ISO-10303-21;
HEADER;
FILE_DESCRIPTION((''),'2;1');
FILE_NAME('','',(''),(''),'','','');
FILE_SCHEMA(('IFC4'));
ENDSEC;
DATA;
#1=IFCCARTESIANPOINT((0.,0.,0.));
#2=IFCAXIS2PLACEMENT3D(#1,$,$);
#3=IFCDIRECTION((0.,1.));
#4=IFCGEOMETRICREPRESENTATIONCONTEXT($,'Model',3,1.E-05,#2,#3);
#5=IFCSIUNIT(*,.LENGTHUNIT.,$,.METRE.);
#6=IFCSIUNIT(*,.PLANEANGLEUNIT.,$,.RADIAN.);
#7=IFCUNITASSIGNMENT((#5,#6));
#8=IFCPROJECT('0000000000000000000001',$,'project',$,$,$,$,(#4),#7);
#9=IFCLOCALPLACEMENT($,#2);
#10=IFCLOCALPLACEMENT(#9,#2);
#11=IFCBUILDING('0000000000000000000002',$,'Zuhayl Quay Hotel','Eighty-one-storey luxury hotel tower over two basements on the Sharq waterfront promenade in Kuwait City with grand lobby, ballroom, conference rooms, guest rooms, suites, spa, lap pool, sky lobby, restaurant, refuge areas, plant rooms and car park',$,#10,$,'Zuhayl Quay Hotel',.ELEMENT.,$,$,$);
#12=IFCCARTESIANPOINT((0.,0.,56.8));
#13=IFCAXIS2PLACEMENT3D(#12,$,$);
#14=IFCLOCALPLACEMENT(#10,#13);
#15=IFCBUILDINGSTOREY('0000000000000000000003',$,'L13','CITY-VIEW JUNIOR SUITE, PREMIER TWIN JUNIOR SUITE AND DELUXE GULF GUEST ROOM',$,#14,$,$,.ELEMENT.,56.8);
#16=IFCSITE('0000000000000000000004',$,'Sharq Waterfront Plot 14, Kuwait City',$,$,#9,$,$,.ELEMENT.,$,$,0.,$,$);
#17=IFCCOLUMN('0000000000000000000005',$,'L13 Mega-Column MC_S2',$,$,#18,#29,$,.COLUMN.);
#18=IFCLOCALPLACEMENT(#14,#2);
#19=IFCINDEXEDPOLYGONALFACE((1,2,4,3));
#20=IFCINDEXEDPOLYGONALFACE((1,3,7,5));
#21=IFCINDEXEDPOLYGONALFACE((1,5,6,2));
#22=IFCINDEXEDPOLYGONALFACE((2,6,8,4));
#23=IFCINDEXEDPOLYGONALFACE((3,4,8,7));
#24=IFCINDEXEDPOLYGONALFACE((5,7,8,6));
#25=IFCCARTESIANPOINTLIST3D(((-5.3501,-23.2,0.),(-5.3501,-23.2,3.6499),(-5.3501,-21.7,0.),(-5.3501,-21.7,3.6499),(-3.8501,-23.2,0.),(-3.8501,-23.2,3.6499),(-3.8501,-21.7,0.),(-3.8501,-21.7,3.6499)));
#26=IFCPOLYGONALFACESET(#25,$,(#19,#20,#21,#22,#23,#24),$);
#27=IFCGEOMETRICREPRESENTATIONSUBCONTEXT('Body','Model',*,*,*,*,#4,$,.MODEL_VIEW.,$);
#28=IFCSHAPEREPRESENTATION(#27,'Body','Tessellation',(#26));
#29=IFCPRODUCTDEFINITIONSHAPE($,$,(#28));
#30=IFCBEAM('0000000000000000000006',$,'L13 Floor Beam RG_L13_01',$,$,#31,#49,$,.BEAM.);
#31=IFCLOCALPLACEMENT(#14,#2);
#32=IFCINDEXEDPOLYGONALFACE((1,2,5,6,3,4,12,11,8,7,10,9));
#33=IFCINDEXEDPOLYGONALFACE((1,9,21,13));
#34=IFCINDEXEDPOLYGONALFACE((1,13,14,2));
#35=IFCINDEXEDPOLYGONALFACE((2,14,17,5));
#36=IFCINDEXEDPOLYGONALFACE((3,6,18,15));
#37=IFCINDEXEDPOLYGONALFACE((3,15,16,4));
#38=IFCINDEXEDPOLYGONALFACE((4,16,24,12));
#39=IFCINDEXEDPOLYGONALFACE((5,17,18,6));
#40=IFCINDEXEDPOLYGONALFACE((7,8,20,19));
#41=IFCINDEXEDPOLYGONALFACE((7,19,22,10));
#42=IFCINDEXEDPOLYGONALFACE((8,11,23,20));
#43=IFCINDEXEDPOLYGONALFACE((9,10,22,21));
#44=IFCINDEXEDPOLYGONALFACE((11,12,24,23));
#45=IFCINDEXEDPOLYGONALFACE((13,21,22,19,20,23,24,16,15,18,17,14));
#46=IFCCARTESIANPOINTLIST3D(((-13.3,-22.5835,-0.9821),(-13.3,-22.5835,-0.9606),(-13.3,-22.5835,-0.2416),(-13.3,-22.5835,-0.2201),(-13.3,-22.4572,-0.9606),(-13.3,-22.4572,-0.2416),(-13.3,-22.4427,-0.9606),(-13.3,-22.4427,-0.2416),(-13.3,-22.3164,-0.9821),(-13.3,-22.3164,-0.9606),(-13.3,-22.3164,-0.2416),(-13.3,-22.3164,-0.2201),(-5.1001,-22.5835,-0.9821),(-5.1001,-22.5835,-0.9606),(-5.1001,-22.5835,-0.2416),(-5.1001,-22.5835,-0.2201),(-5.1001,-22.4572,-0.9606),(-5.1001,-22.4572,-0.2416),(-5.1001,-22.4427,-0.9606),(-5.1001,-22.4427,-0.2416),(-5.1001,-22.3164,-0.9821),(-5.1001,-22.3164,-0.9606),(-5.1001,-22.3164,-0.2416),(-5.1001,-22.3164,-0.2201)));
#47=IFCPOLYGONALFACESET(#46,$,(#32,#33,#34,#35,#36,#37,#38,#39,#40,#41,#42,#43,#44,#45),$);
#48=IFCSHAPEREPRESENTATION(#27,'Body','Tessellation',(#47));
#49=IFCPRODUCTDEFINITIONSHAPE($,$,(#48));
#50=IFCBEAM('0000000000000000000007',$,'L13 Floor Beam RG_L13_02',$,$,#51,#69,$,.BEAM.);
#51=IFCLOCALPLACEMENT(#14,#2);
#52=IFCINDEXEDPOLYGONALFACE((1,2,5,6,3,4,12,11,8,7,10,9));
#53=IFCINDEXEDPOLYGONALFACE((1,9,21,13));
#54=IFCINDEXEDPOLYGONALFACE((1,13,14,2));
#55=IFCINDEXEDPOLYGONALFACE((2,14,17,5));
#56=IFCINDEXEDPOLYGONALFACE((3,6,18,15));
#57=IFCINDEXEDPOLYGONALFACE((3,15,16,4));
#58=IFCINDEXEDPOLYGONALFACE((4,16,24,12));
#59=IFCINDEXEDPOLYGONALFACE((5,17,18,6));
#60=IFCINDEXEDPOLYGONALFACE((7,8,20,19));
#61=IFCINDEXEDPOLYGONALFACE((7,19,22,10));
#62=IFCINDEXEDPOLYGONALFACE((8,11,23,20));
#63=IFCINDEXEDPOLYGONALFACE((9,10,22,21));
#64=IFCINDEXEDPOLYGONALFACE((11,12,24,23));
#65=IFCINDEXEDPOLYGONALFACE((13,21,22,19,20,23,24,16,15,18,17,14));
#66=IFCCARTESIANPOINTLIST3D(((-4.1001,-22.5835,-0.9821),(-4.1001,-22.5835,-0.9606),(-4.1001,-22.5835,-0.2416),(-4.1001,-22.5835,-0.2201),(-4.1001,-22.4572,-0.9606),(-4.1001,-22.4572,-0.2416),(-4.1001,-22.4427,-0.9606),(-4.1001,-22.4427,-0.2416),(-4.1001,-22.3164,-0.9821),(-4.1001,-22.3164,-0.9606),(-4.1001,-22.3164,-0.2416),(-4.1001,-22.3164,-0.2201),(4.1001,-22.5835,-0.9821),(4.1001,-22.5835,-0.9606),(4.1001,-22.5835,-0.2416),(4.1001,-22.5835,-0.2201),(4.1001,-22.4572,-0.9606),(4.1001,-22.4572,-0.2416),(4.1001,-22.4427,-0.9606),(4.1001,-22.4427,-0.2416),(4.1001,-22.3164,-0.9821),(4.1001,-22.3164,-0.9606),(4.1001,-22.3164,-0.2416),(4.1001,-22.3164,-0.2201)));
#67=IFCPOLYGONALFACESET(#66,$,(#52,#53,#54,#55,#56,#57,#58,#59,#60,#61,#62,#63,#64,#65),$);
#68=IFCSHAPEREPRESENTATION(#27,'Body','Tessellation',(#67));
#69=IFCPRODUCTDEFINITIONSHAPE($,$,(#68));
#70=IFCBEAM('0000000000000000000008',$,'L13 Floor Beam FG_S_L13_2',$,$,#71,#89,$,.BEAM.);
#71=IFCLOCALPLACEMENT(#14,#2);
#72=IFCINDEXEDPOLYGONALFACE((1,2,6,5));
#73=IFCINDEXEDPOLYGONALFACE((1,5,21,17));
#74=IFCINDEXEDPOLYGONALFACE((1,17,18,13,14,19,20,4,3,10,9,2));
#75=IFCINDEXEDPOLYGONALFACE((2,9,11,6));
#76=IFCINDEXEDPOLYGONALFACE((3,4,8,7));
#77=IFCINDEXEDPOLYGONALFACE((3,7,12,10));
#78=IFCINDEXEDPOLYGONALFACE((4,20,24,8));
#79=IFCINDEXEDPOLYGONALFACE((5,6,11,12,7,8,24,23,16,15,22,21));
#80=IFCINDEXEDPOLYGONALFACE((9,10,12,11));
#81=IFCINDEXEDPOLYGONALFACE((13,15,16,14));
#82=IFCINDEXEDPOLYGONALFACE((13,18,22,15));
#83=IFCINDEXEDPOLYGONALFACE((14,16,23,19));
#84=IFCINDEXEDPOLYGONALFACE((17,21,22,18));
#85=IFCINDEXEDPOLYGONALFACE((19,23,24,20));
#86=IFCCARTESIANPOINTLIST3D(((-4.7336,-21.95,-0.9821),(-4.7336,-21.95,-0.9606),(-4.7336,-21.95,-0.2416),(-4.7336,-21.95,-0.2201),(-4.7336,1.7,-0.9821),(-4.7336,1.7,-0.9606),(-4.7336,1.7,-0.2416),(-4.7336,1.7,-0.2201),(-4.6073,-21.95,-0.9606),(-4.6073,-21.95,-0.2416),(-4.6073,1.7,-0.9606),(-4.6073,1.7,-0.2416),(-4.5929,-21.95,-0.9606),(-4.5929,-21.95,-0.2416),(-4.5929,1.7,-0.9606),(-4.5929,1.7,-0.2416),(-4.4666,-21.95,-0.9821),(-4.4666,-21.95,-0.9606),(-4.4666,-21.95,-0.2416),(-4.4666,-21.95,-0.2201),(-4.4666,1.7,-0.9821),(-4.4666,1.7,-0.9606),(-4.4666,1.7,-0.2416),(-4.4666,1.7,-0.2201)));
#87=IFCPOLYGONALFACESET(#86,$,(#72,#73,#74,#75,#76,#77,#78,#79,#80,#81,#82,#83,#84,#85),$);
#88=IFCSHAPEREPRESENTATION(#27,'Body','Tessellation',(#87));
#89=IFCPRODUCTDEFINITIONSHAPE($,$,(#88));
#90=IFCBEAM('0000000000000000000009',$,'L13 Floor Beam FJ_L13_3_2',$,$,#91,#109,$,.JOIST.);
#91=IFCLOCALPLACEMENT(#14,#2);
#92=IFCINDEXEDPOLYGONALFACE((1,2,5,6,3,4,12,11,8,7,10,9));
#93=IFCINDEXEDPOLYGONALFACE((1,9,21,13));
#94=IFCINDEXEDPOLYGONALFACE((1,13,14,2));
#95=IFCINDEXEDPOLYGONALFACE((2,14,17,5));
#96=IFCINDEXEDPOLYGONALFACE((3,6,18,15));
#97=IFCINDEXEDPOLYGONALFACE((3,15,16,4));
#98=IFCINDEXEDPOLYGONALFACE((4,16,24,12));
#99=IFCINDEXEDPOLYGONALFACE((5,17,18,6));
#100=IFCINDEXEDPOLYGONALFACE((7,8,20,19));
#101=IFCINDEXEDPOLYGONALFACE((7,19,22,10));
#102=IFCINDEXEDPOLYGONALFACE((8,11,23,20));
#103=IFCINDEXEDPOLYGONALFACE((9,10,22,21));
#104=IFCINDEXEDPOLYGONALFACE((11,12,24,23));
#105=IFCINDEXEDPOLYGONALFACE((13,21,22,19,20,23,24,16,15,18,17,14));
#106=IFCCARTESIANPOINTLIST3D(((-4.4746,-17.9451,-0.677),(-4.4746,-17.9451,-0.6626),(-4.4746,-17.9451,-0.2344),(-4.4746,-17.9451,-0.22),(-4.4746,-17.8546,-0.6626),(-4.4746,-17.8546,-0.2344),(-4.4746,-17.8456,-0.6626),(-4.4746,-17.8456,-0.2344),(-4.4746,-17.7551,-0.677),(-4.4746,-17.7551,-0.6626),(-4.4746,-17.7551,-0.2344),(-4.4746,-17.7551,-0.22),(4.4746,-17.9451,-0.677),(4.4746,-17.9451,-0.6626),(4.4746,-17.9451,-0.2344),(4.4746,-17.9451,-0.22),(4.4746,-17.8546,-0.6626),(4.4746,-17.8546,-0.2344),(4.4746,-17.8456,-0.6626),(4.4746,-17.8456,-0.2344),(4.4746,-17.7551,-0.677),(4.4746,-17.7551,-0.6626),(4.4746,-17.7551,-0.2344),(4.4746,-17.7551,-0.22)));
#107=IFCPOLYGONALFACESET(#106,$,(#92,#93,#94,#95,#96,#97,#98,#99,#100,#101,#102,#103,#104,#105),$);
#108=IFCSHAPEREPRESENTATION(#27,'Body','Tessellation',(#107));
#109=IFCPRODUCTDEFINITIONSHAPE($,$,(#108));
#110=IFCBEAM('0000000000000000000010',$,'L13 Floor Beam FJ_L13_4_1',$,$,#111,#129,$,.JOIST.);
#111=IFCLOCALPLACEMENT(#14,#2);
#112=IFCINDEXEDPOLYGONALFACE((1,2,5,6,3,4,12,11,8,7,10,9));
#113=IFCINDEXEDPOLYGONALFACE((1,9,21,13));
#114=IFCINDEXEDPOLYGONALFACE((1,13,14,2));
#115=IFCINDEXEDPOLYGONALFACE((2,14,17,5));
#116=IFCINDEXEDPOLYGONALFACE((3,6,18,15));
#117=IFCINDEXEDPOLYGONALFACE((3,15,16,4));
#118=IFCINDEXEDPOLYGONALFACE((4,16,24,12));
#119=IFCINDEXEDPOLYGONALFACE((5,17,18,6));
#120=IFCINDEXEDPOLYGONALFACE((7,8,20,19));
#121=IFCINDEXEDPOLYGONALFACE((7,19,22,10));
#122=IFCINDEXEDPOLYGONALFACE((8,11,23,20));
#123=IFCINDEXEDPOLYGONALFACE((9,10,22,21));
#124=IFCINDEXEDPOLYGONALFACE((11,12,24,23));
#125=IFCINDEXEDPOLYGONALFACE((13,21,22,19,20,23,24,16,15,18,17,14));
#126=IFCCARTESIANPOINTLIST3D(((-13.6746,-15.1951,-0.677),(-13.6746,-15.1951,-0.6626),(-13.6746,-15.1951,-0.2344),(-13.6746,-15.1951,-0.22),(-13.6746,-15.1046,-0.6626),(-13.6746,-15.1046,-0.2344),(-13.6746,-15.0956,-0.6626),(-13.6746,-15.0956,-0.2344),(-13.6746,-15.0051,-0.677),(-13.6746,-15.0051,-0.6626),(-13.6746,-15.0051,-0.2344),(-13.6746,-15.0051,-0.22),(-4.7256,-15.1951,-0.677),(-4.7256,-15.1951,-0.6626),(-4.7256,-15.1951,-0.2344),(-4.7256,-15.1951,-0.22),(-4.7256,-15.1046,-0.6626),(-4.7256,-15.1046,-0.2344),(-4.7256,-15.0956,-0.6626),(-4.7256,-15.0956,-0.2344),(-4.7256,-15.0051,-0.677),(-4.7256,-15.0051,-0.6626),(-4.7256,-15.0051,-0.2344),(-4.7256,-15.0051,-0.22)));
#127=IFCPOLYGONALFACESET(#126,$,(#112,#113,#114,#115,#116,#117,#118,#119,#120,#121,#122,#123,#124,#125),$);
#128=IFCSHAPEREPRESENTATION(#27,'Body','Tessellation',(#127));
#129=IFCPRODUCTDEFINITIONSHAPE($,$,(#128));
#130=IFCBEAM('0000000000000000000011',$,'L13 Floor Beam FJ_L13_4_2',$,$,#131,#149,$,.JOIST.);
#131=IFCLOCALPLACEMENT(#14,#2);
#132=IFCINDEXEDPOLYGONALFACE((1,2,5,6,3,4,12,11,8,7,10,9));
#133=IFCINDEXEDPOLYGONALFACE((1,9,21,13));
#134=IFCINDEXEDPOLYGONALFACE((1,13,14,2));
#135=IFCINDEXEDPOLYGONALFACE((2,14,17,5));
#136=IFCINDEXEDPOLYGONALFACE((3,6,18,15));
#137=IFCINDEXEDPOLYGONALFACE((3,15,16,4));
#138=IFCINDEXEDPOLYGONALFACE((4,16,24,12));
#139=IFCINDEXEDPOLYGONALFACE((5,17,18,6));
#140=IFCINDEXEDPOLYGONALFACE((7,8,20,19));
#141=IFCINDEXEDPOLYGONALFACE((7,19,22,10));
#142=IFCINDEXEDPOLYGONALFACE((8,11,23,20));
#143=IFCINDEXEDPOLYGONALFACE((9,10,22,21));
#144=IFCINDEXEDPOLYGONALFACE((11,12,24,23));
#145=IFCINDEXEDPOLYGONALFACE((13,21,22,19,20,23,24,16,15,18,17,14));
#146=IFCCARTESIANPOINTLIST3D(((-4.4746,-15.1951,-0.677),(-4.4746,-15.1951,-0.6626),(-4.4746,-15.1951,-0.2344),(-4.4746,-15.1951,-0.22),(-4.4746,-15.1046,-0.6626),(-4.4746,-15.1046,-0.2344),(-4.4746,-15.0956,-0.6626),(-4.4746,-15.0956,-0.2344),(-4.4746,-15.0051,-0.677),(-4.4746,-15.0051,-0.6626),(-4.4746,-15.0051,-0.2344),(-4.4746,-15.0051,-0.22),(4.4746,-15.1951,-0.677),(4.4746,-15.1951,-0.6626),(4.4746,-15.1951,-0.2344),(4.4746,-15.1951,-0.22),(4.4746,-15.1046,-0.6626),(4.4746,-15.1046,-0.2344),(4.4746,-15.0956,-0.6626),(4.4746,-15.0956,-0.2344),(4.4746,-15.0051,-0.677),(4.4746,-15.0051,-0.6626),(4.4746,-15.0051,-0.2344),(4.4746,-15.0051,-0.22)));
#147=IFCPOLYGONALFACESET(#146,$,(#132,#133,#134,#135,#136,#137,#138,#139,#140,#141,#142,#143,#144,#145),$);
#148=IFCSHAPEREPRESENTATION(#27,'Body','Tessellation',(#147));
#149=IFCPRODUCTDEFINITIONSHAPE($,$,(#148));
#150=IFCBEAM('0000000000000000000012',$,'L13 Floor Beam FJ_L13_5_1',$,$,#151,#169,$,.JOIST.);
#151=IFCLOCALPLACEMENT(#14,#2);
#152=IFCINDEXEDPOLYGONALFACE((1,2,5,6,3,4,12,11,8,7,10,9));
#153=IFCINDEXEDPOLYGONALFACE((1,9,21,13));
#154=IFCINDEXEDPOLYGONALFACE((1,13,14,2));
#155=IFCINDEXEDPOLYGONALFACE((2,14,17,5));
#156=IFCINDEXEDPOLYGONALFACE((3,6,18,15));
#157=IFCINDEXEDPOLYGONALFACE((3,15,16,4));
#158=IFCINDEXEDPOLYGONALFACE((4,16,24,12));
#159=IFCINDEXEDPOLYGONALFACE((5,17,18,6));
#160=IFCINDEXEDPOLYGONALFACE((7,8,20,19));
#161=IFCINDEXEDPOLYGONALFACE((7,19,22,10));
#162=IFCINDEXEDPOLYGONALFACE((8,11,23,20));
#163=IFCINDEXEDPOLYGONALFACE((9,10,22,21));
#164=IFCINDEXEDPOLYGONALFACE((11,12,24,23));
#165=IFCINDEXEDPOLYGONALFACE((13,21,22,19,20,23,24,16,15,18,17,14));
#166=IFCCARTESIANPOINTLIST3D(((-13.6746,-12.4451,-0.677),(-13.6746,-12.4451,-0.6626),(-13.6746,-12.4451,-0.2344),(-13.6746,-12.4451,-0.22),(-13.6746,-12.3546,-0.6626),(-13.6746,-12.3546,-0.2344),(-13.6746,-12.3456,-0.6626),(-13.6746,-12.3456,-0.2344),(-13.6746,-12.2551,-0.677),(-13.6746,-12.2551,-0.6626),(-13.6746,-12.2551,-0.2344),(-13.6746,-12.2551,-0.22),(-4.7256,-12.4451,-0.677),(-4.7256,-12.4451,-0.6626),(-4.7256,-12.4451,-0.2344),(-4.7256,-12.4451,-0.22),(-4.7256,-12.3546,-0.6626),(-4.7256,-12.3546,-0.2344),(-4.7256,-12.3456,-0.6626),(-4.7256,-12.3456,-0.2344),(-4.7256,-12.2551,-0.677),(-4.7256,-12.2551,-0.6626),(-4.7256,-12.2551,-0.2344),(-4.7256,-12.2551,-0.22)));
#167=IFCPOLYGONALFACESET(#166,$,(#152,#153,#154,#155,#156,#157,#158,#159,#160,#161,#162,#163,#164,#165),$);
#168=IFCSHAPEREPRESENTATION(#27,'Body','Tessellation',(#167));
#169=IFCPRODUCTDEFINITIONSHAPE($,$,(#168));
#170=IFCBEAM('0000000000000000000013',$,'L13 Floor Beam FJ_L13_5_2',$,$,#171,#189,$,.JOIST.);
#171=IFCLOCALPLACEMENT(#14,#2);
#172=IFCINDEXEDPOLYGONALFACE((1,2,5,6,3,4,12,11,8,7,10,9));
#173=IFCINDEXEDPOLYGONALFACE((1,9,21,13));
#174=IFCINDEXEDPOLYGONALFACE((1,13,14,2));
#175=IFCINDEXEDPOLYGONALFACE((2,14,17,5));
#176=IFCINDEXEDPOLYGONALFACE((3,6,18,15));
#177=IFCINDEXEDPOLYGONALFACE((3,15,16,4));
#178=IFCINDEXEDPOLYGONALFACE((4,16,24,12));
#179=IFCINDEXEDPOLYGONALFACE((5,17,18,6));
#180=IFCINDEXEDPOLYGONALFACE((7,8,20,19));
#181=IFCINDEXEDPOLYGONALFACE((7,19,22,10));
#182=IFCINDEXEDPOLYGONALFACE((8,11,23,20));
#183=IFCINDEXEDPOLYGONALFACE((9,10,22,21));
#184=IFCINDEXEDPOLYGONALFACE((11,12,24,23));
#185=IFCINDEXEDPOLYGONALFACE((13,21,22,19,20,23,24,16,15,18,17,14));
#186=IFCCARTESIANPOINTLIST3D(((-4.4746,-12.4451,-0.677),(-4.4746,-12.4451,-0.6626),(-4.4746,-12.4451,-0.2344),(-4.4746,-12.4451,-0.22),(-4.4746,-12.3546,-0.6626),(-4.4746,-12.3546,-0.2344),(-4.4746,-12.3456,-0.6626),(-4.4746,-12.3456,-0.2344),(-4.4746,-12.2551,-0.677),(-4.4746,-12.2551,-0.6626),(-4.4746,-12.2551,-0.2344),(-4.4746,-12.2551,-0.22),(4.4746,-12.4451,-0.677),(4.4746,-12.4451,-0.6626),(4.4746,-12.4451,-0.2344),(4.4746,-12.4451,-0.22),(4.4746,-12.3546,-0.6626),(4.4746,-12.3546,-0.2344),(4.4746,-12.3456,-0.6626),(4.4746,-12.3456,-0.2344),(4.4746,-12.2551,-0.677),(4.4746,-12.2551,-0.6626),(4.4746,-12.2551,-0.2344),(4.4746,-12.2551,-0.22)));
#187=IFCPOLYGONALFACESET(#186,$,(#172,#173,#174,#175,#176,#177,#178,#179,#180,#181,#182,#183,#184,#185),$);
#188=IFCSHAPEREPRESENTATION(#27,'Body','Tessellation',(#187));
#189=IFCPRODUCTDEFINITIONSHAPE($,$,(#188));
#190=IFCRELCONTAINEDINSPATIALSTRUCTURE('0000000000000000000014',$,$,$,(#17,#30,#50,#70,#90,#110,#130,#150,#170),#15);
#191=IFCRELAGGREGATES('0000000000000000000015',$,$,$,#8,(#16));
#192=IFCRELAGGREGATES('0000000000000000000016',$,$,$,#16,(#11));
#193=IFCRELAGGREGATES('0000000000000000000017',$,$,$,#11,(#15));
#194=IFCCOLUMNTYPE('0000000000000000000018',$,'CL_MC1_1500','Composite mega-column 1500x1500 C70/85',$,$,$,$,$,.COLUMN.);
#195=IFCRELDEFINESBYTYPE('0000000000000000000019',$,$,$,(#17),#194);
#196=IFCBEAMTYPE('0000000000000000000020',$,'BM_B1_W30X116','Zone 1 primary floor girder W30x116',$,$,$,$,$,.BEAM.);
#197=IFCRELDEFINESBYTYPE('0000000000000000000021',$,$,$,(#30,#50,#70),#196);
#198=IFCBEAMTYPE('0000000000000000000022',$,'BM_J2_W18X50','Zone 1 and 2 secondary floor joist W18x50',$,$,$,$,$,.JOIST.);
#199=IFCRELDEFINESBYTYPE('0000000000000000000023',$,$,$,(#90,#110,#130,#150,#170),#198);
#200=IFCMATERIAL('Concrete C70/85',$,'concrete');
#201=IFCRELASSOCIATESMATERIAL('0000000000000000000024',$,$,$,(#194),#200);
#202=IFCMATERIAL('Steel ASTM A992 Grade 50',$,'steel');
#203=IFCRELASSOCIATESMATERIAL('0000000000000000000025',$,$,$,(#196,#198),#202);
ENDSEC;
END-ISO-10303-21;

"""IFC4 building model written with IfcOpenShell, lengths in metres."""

from ifc_helpers import new_model, si_unit, direction, frame, origin, origin_2d, place, context, subcontext, project, spatial, rectangle, i_section, extrude, material, material_profile, profile_set, type_object, element, save


model = new_model("IFC4")

# Units and contexts
model_context = context("Model", 3, precision=1e-05, world=origin(), true_north=direction((0.0, 1.0)))
body_context = subcontext(model_context, "Body", "Model", "MODEL_VIEW")
ifc_project = project(units=[si_unit("LENGTHUNIT", "METRE"), si_unit("PLANEANGLEUNIT", "RADIAN")], contexts=[model_context])

# Site, building, storey
site_placement = place(None, origin())
site = spatial("IfcSite", under=ifc_project, at=site_placement, Name="Sharq Waterfront Plot 14, Kuwait City", CompositionType="ELEMENT", RefElevation=0.0)
building_placement = place(site_placement, origin())
building = spatial("IfcBuilding", under=site, at=building_placement, Name="Zuhayl Quay Hotel", Description="Eighty-one-storey luxury hotel tower over two basements on the Sharq waterfront promenade in Kuwait City with grand lobby, ballroom, conference rooms, guest rooms, suites, spa, lap pool, sky lobby, restaurant, refuge areas, plant rooms and car park", LongName="Zuhayl Quay Hotel", CompositionType="ELEMENT")
storey_placement = place(building_placement, frame((0.0, 0.0, 56.8)))
storey = spatial("IfcBuildingStorey", under=building, at=storey_placement, Name="L13", Description="CITY-VIEW JUNIOR SUITE, PREMIER TWIN JUNIOR SUITE AND DELUXE GULF GUEST ROOM", CompositionType="ELEMENT", Elevation=56.8)

# Column
ifc_material_1 = material(Name="Concrete C70/85", Category="concrete")
ifc_material_profile_1 = material_profile(ifc_material_1, rectangle(XDim=1.5, YDim=1.5, at=origin_2d()), Name="RC1500X1500")
ifc_profile_set_1 = profile_set([ifc_material_profile_1], Name="Concrete C70/85")
column_type = type_object("IfcColumnType", Name="CL_MC1_1500", Description="Composite mega-column 1500x1500 C70/85", PredefinedType="COLUMN", material=ifc_profile_set_1)
column_placement = place(storey_placement, frame((-4.6001, -22.45, 0.0), z_axis=(0.0, 0.0, 1.0), x_axis=(1.0, 0.0, 0.0)))
element("IfcColumn", 1, at=column_placement, inside=storey, type_object=column_type, Name="L13 Mega-Column MC_S2", PredefinedType="COLUMN", context=body_context, shape_type="SweptSolid", body=[
    extrude(rectangle(XDim=1.5, YDim=1.5, at=origin_2d()), origin(), (0.0, 0.0, 1.0), 3.6499),
])

# Beams
ifc_material_2 = material(Name="Steel ASTM A992 Grade 50", Category="steel")
ifc_material_profile_2 = material_profile(ifc_material_2, i_section(OverallWidth=0.2671, OverallDepth=0.762, WebThickness=0.0144, FlangeThickness=0.0215, at=origin_2d()), Name="W30X116")
ifc_profile_set_2 = profile_set([ifc_material_profile_2], Name="Steel ASTM A992 Grade 50")
beam_type_1 = type_object("IfcBeamType", Name="BM_B1_W30X116", Description="Zone 1 primary floor girder W30x116", PredefinedType="BEAM", material=ifc_profile_set_2)
beam_1_placement = place(storey_placement, frame((-13.3, -22.45, -0.6011), z_axis=(1.0, 0.0, 0.0), x_axis=(0.0, 1.0, 0.0)))
element("IfcBeam", 2, at=beam_1_placement, inside=storey, type_object=beam_type_1, Name="L13 Floor Beam RG_L13_01", PredefinedType="BEAM", context=body_context, shape_type="SweptSolid", body=[
    extrude(i_section(OverallWidth=0.2671, OverallDepth=0.762, WebThickness=0.0144, FlangeThickness=0.0215, at=origin_2d()), origin(), (0.0, 0.0, 1.0), 8.2),
])
beam_2_placement = place(storey_placement, frame((-4.1001, -22.45, -0.6011), z_axis=(1.0, 0.0, 0.0), x_axis=(0.0, 1.0, 0.0)))
element("IfcBeam", 3, at=beam_2_placement, inside=storey, type_object=beam_type_1, Name="L13 Floor Beam RG_L13_02", PredefinedType="BEAM", context=body_context, shape_type="SweptSolid", body=[
    extrude(i_section(OverallWidth=0.2671, OverallDepth=0.762, WebThickness=0.0144, FlangeThickness=0.0215, at=origin_2d()), origin(), (0.0, 0.0, 1.0), 8.2002),
])
beam_3_placement = place(storey_placement, frame((-4.6001, -21.95, -0.6011), z_axis=(0.0, 1.0, 0.0), x_axis=(-1.0, 0.0, 0.0)))
element("IfcBeam", 4, at=beam_3_placement, inside=storey, type_object=beam_type_1, Name="L13 Floor Beam FG_S_L13_2", PredefinedType="BEAM", context=body_context, shape_type="SweptSolid", body=[
    extrude(i_section(OverallWidth=0.2671, OverallDepth=0.762, WebThickness=0.0144, FlangeThickness=0.0215, at=origin_2d()), origin(), (0.0, 0.0, 1.0), 23.6499),
])
ifc_material_profile_3 = material_profile(ifc_material_2, i_section(OverallWidth=0.1899, OverallDepth=0.457, WebThickness=0.009, FlangeThickness=0.0144, at=origin_2d()), Name="W18X50")
ifc_profile_set_3 = profile_set([ifc_material_profile_3], Name="Steel ASTM A992 Grade 50")
beam_type_2 = type_object("IfcBeamType", Name="BM_J2_W18X50", Description="Zone 1 and 2 secondary floor joist W18x50", PredefinedType="JOIST", material=ifc_profile_set_3)
beam_4_placement = place(storey_placement, frame((-4.4746, -17.8501, -0.4485), z_axis=(1.0, 0.0, 0.0), x_axis=(0.0, 1.0, 0.0)))
element("IfcBeam", 5, at=beam_4_placement, inside=storey, type_object=beam_type_2, Name="L13 Floor Beam FJ_L13_3_2", PredefinedType="JOIST", context=body_context, shape_type="SweptSolid", body=[
    extrude(i_section(OverallWidth=0.1899, OverallDepth=0.457, WebThickness=0.009, FlangeThickness=0.0144, at=origin_2d()), origin(), (0.0, 0.0, 1.0), 8.9492),
])
beam_5_placement = place(storey_placement, frame((-13.6746, -15.1001, -0.4485), z_axis=(1.0, 0.0, 0.0), x_axis=(0.0, 1.0, 0.0)))
element("IfcBeam", 6, at=beam_5_placement, inside=storey, type_object=beam_type_2, Name="L13 Floor Beam FJ_L13_4_1", PredefinedType="JOIST", context=body_context, shape_type="SweptSolid", body=[
    extrude(i_section(OverallWidth=0.1899, OverallDepth=0.457, WebThickness=0.009, FlangeThickness=0.0144, at=origin_2d()), origin(), (0.0, 0.0, 1.0), 8.949),
])
beam_6_placement = place(storey_placement, frame((-4.4746, -15.1001, -0.4485), z_axis=(1.0, 0.0, 0.0), x_axis=(0.0, 1.0, 0.0)))
element("IfcBeam", 7, at=beam_6_placement, inside=storey, type_object=beam_type_2, Name="L13 Floor Beam FJ_L13_4_2", PredefinedType="JOIST", context=body_context, shape_type="SweptSolid", body=[
    extrude(i_section(OverallWidth=0.1899, OverallDepth=0.457, WebThickness=0.009, FlangeThickness=0.0144, at=origin_2d()), origin(), (0.0, 0.0, 1.0), 8.9492),
])
beam_7_placement = place(storey_placement, frame((-13.6746, -12.3501, -0.4485), z_axis=(1.0, 0.0, 0.0), x_axis=(0.0, 1.0, 0.0)))
element("IfcBeam", 8, at=beam_7_placement, inside=storey, type_object=beam_type_2, Name="L13 Floor Beam FJ_L13_5_1", PredefinedType="JOIST", context=body_context, shape_type="SweptSolid", body=[
    extrude(i_section(OverallWidth=0.1899, OverallDepth=0.457, WebThickness=0.009, FlangeThickness=0.0144, at=origin_2d()), origin(), (0.0, 0.0, 1.0), 8.949),
])
beam_8_placement = place(storey_placement, frame((-4.4746, -12.3501, -0.4485), z_axis=(1.0, 0.0, 0.0), x_axis=(0.0, 1.0, 0.0)))
element("IfcBeam", 9, at=beam_8_placement, inside=storey, type_object=beam_type_2, Name="L13 Floor Beam FJ_L13_5_2", PredefinedType="JOIST", context=body_context, shape_type="SweptSolid", body=[
    extrude(i_section(OverallWidth=0.1899, OverallDepth=0.457, WebThickness=0.009, FlangeThickness=0.0144, at=origin_2d()), origin(), (0.0, 0.0, 1.0), 8.9492),
])

save(model, "model.ifc")
